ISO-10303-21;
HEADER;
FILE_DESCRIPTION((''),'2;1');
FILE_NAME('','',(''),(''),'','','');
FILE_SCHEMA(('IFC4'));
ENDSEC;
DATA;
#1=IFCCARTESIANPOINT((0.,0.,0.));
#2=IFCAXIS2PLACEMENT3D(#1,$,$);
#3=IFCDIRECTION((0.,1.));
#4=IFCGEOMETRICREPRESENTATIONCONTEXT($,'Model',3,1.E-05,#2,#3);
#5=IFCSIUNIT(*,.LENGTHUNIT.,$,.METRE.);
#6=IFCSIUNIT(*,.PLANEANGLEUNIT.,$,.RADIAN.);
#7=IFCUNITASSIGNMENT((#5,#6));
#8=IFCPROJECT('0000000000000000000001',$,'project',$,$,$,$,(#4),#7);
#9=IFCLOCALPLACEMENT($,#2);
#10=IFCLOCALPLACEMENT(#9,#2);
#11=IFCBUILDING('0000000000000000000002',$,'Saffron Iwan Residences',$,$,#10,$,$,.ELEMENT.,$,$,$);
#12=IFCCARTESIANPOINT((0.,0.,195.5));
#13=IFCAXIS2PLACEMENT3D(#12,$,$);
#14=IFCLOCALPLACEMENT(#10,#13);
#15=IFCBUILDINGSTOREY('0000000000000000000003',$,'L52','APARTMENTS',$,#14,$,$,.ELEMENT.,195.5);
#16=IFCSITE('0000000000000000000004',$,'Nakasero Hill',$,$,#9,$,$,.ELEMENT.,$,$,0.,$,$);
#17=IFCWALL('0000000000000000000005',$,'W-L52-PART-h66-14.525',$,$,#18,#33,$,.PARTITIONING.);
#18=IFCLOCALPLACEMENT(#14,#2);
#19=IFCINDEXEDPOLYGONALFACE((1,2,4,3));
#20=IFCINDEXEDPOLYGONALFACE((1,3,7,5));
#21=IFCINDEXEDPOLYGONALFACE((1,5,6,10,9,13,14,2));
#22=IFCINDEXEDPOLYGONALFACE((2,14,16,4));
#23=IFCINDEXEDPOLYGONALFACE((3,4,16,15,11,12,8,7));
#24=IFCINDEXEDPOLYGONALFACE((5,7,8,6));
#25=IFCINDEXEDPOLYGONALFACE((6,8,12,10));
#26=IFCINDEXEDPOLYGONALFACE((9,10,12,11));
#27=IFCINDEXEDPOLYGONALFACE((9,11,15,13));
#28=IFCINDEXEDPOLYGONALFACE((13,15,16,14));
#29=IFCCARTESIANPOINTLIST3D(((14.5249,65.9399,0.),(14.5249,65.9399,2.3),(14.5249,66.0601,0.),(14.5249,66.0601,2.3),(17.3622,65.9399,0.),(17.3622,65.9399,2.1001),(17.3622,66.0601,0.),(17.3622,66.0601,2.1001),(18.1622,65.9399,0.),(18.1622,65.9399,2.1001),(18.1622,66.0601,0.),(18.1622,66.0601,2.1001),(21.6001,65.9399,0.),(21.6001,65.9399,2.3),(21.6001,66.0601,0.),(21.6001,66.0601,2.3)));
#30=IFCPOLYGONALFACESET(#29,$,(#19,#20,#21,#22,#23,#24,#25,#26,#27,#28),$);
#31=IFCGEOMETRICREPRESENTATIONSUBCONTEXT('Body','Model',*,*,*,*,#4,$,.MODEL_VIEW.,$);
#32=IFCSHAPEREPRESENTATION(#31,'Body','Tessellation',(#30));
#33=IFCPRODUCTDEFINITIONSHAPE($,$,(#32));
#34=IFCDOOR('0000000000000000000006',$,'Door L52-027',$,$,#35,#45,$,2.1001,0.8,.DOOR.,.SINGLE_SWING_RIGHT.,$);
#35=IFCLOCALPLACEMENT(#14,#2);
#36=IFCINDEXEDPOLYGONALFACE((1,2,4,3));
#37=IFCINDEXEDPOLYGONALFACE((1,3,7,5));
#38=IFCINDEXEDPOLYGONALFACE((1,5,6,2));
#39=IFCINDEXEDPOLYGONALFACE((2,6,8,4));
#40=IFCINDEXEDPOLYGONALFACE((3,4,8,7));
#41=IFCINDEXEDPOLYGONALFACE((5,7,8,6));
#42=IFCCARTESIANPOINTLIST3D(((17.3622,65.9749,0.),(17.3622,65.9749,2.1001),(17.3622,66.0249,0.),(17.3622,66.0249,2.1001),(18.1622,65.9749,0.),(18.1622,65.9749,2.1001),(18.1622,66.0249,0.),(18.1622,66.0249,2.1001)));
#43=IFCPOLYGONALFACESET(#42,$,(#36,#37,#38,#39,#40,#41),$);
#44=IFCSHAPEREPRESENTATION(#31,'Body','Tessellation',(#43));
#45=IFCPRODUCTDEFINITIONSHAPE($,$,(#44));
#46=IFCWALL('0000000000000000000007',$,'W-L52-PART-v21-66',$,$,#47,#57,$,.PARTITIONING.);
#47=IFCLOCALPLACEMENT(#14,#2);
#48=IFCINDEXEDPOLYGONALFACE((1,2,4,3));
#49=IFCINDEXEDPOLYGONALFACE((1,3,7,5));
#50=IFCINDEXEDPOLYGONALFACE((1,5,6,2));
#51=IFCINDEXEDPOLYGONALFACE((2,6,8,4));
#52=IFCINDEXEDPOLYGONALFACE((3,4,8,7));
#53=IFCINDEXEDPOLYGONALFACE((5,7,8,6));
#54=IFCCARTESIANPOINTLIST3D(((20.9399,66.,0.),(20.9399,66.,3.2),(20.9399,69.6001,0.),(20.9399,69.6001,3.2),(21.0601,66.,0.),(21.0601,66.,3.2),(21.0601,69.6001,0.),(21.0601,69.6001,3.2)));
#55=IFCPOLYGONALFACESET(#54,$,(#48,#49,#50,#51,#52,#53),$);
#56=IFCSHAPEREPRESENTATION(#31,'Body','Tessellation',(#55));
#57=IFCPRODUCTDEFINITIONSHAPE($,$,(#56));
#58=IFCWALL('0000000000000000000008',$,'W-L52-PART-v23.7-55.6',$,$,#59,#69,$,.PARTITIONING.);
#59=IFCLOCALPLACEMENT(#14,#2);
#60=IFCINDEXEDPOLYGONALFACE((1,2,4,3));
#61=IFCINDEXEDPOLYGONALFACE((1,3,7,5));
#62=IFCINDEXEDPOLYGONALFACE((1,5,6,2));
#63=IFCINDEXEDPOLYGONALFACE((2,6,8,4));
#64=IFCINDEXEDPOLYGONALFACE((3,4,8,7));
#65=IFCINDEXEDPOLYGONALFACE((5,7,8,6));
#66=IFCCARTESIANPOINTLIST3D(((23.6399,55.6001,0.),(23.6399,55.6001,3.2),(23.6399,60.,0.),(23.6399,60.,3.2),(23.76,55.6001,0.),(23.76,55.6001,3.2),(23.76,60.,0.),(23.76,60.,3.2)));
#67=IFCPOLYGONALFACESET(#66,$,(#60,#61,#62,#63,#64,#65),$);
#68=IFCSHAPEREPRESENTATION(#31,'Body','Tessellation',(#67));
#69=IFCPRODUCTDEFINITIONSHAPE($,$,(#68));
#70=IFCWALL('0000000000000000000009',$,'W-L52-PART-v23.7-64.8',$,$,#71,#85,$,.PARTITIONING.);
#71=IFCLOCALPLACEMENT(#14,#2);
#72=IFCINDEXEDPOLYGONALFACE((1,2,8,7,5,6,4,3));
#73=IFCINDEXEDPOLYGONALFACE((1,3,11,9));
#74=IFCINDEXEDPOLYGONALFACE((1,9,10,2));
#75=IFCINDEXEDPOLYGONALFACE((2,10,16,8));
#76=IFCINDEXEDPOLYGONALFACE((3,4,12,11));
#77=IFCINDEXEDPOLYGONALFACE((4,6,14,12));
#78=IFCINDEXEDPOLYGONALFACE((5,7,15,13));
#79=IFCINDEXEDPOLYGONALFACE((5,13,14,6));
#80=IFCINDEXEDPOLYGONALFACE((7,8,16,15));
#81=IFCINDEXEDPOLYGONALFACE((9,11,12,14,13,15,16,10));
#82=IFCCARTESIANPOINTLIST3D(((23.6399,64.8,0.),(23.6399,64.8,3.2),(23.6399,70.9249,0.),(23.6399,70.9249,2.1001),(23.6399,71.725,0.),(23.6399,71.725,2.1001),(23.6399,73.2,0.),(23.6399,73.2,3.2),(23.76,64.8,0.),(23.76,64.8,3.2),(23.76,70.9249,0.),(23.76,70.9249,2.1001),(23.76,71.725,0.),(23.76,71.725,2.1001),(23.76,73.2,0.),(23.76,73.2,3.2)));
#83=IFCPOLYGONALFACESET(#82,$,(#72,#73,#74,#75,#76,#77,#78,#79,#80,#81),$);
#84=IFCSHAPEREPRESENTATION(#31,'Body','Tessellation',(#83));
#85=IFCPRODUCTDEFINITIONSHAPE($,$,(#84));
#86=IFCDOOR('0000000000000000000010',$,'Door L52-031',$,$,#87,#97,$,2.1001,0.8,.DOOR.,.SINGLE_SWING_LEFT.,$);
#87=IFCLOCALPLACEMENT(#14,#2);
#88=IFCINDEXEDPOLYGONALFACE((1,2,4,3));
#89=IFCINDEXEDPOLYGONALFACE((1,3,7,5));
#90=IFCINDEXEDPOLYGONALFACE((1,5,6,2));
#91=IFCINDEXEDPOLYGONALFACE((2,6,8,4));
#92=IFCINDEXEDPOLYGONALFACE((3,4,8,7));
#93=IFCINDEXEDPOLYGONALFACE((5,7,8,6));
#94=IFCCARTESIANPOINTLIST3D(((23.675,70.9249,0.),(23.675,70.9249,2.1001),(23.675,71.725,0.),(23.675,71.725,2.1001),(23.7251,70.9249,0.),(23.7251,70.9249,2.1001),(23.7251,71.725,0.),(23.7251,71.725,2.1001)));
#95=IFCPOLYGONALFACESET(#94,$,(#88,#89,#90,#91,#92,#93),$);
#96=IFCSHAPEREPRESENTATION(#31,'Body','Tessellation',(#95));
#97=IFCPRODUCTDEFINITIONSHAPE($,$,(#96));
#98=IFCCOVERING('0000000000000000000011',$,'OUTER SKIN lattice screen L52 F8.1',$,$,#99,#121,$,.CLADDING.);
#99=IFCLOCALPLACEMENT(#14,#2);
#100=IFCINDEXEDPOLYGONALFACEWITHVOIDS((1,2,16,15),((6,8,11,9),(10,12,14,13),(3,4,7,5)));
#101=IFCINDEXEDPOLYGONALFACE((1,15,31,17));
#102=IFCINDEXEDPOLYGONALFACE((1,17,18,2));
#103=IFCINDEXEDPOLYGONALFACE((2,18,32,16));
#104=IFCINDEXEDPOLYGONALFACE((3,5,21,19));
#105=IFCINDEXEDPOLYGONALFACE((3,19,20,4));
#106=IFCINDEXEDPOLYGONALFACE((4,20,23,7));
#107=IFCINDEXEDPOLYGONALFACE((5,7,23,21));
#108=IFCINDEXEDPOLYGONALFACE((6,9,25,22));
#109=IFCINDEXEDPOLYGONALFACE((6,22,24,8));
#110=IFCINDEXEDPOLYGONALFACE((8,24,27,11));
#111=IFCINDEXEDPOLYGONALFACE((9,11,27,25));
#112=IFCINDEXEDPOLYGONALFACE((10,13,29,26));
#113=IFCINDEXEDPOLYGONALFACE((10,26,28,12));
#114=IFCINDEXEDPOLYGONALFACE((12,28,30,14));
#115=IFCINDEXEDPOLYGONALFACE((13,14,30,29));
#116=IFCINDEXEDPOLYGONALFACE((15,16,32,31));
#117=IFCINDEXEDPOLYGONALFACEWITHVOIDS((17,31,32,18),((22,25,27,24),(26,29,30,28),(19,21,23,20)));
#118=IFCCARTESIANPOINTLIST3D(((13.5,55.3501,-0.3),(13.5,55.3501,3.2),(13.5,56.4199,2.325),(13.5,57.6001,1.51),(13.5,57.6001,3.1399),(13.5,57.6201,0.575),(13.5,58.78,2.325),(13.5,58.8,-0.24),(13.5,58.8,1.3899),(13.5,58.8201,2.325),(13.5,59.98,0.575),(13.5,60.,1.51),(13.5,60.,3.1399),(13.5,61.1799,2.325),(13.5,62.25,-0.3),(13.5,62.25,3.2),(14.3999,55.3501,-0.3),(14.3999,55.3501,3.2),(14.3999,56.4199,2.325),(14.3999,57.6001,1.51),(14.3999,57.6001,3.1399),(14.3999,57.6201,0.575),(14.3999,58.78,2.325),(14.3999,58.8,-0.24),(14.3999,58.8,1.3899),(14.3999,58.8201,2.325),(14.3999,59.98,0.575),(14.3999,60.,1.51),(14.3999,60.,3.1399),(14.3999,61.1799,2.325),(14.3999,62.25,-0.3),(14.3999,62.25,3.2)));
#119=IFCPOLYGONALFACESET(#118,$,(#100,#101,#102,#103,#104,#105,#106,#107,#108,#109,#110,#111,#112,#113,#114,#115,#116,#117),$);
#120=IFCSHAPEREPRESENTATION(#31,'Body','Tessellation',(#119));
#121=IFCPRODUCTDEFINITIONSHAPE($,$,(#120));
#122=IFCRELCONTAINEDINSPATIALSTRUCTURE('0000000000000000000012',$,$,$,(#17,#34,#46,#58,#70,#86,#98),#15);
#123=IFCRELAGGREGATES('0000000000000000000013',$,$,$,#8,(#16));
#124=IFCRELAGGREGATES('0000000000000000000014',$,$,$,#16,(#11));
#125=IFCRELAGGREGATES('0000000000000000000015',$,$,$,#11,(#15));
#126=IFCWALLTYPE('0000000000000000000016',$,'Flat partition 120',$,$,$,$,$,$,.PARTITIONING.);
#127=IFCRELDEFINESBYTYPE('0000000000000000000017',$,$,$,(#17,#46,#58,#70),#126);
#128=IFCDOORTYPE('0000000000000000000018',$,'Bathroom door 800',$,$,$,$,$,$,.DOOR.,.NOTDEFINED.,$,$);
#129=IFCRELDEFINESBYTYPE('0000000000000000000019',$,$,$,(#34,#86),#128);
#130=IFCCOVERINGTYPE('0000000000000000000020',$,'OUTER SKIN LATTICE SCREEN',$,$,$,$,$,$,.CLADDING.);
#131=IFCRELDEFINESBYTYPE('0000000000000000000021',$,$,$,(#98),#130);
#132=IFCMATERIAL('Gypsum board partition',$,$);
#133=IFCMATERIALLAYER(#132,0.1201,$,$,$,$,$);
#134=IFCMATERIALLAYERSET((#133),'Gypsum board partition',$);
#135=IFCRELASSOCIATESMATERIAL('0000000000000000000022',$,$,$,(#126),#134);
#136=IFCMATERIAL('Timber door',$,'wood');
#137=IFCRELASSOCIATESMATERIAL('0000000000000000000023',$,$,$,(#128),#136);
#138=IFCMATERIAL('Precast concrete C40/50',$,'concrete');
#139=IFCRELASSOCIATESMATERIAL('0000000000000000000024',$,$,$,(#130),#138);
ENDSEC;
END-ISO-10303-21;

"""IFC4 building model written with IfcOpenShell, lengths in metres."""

from ifc_helpers import new_model, si_unit, direction, frame, frame_2d, origin, place, context, subcontext, project, spatial, polyline, rectangle, outline, extrude, material, layer, layer_set, type_object, element, fill, save


model = new_model("IFC4")

# Units and contexts
model_context = context("Model", 3, precision=1e-05, world=origin(), true_north=direction((0.0, 1.0)))
body_context = subcontext(model_context, "Body", "Model", "MODEL_VIEW")
ifc_project = project(units=[si_unit("LENGTHUNIT", "METRE"), si_unit("PLANEANGLEUNIT", "RADIAN")], contexts=[model_context])

# Site, building, storey
site_placement = place(None, origin())
site = spatial("IfcSite", under=ifc_project, at=site_placement, Name="Nakasero Hill", CompositionType="ELEMENT", RefElevation=0.0)
building_placement = place(site_placement, origin())
building = spatial("IfcBuilding", under=site, at=building_placement, Name="Saffron Iwan Residences", CompositionType="ELEMENT")
storey_placement = place(building_placement, frame((0.0, 0.0, 195.5)))
storey = spatial("IfcBuildingStorey", under=building, at=storey_placement, Name="L52", Description="APARTMENTS", CompositionType="ELEMENT", Elevation=195.5)

# Shared definitions
ifc_material_1 = material(Name="Gypsum board partition")
ifc_layer_1 = layer(ifc_material_1, 0.1201)
ifc_layer_set_1 = layer_set([ifc_layer_1], Name="Gypsum board partition")
wall_type_1 = type_object("IfcWallType", Name="Flat partition 120", PredefinedType="PARTITIONING", material=ifc_layer_set_1)
ifc_material_2 = material(Name="Timber door", Category="wood")
door_type_1 = type_object("IfcDoorType", Name="Bathroom door 800", OperationType="NOTDEFINED", PredefinedType="DOOR", material=ifc_material_2)

# Wall, opening, door
wall_1_placement = place(storey_placement, frame((14.5249, 66.0, 0.0), z_axis=(0.0, 0.0, 1.0), x_axis=(1.0, 0.0, 0.0)))
wall_1 = element("IfcWall", 1, at=wall_1_placement, inside=storey, type_object=wall_type_1, Name="W-L52-PART-h66-14.525", PredefinedType="PARTITIONING", context=body_context, shape_type="SweptSolid", body=[
    extrude(rectangle(XDim=7.0752, YDim=0.1201, at=frame_2d((3.5376, 0.0))), origin(), (0.0, 0.0, 1.0), 2.3),
])
opening_1_placement = place(wall_1_placement, frame((2.8374, 0.0, 0.0)))
opening_1 = element("IfcOpeningElement", 2, at=opening_1_placement, cuts=wall_1, PredefinedType="OPENING", context=body_context, shape_type="SweptSolid", body=[
    extrude(rectangle(XDim=0.8, YDim=2.1001, at=frame_2d((0.3999, 1.05))), frame((0.0, 0.0701, 0.0), z_axis=(0.0, -1.0, 0.0), x_axis=(1.0, 0.0, 0.0)), (0.0, 0.0, 1.0), 0.1401),
])
door_1_placement = place(opening_1_placement, origin())
door_1 = element("IfcDoor", 3, at=door_1_placement, inside=storey, type_object=door_type_1, Name="Door L52-027", OperationType="SINGLE_SWING_RIGHT", OverallHeight=2.1001, OverallWidth=0.8, PredefinedType="DOOR", context=body_context, shape_type="SweptSolid", body=[
    extrude(rectangle(XDim=0.8, YDim=2.1001, at=frame_2d((0.3999, 1.05))), frame((0.0, 0.0249, 0.0), z_axis=(0.0, -1.0, 0.0), x_axis=(1.0, 0.0, 0.0)), (0.0, 0.0, 1.0), 0.05),
])
fill(opening_1, door_1)

# Walls
wall_2_placement = place(storey_placement, frame((21.0, 66.0, 0.0), z_axis=(0.0, 0.0, 1.0), x_axis=(0.0, 1.0, 0.0)))
element("IfcWall", 4, at=wall_2_placement, inside=storey, type_object=wall_type_1, Name="W-L52-PART-v21-66", PredefinedType="PARTITIONING", context=body_context, shape_type="SweptSolid", body=[
    extrude(rectangle(XDim=3.6001, YDim=0.1201, at=frame_2d((1.8, 0.0))), origin(), (0.0, 0.0, 1.0), 3.2),
])
wall_3_placement = place(storey_placement, frame((23.7, 55.6001, 0.0), z_axis=(0.0, 0.0, 1.0), x_axis=(0.0, 1.0, 0.0)))
element("IfcWall", 5, at=wall_3_placement, inside=storey, type_object=wall_type_1, Name="W-L52-PART-v23.7-55.6", PredefinedType="PARTITIONING", context=body_context, shape_type="SweptSolid", body=[
    extrude(rectangle(XDim=4.3999, YDim=0.1201, at=frame_2d((2.2, 0.0))), origin(), (0.0, 0.0, 1.0), 3.2),
])

# Wall, opening, door
wall_4_placement = place(storey_placement, frame((23.7, 64.8, 0.0), z_axis=(0.0, 0.0, 1.0), x_axis=(0.0, 1.0, 0.0)))
wall_4 = element("IfcWall", 6, at=wall_4_placement, inside=storey, type_object=wall_type_1, Name="W-L52-PART-v23.7-64.8", PredefinedType="PARTITIONING", context=body_context, shape_type="SweptSolid", body=[
    extrude(rectangle(XDim=8.3999, YDim=0.1201, at=frame_2d((4.2, 0.0))), origin(), (0.0, 0.0, 1.0), 3.2),
])
opening_2_placement = place(wall_4_placement, frame((6.125, 0.0, 0.0)))
opening_2 = element("IfcOpeningElement", 7, at=opening_2_placement, cuts=wall_4, PredefinedType="OPENING", context=body_context, shape_type="SweptSolid", body=[
    extrude(rectangle(XDim=0.8, YDim=2.1001, at=frame_2d((0.3999, 1.05))), frame((0.0, 0.0701, 0.0), z_axis=(0.0, -1.0, 0.0), x_axis=(1.0, 0.0, 0.0)), (0.0, 0.0, 1.0), 0.1401),
])
door_2_placement = place(opening_2_placement, origin())
door_2 = element("IfcDoor", 8, at=door_2_placement, inside=storey, type_object=door_type_1, Name="Door L52-031", OperationType="SINGLE_SWING_LEFT", OverallHeight=2.1001, OverallWidth=0.8, PredefinedType="DOOR", context=body_context, shape_type="SweptSolid", body=[
    extrude(rectangle(XDim=0.8, YDim=2.1001, at=frame_2d((0.3999, 1.05))), frame((0.0, 0.0249, 0.0), z_axis=(0.0, -1.0, 0.0), x_axis=(1.0, 0.0, 0.0)), (0.0, 0.0, 1.0), 0.05),
])
fill(opening_2, door_2)

# Covering
ifc_material_3 = material(Name="Precast concrete C40/50", Category="concrete")
covering_type = type_object("IfcCoveringType", Name="OUTER SKIN LATTICE SCREEN", PredefinedType="CLADDING", material=ifc_material_3)
covering_placement = place(storey_placement, frame((14.3999, 62.25, -0.3), z_axis=(-1.0, 0.0, 0.0), x_axis=(0.0, -1.0, 0.0)))
element("IfcCovering", 9, at=covering_placement, inside=storey, type_object=covering_type, Name="OUTER SKIN lattice screen L52 F8.1", PredefinedType="CLADDING", context=body_context, shape_type="SweptSolid", body=[
    extrude(outline(polyline([(0.0, 0.0), (6.8999, 0.0), (6.8999, 3.5), (0.0, 3.5), (0.0, 0.0)]), holes=[polyline([(2.27, 0.875), (3.45, 0.0601), (4.6299, 0.875), (3.45, 1.6899), (2.27, 0.875)]), polyline([(1.0701, 2.625), (2.25, 1.8101), (3.4299, 2.625), (2.25, 3.4399), (1.0701, 2.625)]), polyline([(3.47, 2.625), (4.6499, 1.8101), (5.8301, 2.625), (4.6499, 3.4399), (3.47, 2.625)])]), origin(), (0.0, 0.0, 1.0), 0.8999),
])

save(model, "model.ifc")
